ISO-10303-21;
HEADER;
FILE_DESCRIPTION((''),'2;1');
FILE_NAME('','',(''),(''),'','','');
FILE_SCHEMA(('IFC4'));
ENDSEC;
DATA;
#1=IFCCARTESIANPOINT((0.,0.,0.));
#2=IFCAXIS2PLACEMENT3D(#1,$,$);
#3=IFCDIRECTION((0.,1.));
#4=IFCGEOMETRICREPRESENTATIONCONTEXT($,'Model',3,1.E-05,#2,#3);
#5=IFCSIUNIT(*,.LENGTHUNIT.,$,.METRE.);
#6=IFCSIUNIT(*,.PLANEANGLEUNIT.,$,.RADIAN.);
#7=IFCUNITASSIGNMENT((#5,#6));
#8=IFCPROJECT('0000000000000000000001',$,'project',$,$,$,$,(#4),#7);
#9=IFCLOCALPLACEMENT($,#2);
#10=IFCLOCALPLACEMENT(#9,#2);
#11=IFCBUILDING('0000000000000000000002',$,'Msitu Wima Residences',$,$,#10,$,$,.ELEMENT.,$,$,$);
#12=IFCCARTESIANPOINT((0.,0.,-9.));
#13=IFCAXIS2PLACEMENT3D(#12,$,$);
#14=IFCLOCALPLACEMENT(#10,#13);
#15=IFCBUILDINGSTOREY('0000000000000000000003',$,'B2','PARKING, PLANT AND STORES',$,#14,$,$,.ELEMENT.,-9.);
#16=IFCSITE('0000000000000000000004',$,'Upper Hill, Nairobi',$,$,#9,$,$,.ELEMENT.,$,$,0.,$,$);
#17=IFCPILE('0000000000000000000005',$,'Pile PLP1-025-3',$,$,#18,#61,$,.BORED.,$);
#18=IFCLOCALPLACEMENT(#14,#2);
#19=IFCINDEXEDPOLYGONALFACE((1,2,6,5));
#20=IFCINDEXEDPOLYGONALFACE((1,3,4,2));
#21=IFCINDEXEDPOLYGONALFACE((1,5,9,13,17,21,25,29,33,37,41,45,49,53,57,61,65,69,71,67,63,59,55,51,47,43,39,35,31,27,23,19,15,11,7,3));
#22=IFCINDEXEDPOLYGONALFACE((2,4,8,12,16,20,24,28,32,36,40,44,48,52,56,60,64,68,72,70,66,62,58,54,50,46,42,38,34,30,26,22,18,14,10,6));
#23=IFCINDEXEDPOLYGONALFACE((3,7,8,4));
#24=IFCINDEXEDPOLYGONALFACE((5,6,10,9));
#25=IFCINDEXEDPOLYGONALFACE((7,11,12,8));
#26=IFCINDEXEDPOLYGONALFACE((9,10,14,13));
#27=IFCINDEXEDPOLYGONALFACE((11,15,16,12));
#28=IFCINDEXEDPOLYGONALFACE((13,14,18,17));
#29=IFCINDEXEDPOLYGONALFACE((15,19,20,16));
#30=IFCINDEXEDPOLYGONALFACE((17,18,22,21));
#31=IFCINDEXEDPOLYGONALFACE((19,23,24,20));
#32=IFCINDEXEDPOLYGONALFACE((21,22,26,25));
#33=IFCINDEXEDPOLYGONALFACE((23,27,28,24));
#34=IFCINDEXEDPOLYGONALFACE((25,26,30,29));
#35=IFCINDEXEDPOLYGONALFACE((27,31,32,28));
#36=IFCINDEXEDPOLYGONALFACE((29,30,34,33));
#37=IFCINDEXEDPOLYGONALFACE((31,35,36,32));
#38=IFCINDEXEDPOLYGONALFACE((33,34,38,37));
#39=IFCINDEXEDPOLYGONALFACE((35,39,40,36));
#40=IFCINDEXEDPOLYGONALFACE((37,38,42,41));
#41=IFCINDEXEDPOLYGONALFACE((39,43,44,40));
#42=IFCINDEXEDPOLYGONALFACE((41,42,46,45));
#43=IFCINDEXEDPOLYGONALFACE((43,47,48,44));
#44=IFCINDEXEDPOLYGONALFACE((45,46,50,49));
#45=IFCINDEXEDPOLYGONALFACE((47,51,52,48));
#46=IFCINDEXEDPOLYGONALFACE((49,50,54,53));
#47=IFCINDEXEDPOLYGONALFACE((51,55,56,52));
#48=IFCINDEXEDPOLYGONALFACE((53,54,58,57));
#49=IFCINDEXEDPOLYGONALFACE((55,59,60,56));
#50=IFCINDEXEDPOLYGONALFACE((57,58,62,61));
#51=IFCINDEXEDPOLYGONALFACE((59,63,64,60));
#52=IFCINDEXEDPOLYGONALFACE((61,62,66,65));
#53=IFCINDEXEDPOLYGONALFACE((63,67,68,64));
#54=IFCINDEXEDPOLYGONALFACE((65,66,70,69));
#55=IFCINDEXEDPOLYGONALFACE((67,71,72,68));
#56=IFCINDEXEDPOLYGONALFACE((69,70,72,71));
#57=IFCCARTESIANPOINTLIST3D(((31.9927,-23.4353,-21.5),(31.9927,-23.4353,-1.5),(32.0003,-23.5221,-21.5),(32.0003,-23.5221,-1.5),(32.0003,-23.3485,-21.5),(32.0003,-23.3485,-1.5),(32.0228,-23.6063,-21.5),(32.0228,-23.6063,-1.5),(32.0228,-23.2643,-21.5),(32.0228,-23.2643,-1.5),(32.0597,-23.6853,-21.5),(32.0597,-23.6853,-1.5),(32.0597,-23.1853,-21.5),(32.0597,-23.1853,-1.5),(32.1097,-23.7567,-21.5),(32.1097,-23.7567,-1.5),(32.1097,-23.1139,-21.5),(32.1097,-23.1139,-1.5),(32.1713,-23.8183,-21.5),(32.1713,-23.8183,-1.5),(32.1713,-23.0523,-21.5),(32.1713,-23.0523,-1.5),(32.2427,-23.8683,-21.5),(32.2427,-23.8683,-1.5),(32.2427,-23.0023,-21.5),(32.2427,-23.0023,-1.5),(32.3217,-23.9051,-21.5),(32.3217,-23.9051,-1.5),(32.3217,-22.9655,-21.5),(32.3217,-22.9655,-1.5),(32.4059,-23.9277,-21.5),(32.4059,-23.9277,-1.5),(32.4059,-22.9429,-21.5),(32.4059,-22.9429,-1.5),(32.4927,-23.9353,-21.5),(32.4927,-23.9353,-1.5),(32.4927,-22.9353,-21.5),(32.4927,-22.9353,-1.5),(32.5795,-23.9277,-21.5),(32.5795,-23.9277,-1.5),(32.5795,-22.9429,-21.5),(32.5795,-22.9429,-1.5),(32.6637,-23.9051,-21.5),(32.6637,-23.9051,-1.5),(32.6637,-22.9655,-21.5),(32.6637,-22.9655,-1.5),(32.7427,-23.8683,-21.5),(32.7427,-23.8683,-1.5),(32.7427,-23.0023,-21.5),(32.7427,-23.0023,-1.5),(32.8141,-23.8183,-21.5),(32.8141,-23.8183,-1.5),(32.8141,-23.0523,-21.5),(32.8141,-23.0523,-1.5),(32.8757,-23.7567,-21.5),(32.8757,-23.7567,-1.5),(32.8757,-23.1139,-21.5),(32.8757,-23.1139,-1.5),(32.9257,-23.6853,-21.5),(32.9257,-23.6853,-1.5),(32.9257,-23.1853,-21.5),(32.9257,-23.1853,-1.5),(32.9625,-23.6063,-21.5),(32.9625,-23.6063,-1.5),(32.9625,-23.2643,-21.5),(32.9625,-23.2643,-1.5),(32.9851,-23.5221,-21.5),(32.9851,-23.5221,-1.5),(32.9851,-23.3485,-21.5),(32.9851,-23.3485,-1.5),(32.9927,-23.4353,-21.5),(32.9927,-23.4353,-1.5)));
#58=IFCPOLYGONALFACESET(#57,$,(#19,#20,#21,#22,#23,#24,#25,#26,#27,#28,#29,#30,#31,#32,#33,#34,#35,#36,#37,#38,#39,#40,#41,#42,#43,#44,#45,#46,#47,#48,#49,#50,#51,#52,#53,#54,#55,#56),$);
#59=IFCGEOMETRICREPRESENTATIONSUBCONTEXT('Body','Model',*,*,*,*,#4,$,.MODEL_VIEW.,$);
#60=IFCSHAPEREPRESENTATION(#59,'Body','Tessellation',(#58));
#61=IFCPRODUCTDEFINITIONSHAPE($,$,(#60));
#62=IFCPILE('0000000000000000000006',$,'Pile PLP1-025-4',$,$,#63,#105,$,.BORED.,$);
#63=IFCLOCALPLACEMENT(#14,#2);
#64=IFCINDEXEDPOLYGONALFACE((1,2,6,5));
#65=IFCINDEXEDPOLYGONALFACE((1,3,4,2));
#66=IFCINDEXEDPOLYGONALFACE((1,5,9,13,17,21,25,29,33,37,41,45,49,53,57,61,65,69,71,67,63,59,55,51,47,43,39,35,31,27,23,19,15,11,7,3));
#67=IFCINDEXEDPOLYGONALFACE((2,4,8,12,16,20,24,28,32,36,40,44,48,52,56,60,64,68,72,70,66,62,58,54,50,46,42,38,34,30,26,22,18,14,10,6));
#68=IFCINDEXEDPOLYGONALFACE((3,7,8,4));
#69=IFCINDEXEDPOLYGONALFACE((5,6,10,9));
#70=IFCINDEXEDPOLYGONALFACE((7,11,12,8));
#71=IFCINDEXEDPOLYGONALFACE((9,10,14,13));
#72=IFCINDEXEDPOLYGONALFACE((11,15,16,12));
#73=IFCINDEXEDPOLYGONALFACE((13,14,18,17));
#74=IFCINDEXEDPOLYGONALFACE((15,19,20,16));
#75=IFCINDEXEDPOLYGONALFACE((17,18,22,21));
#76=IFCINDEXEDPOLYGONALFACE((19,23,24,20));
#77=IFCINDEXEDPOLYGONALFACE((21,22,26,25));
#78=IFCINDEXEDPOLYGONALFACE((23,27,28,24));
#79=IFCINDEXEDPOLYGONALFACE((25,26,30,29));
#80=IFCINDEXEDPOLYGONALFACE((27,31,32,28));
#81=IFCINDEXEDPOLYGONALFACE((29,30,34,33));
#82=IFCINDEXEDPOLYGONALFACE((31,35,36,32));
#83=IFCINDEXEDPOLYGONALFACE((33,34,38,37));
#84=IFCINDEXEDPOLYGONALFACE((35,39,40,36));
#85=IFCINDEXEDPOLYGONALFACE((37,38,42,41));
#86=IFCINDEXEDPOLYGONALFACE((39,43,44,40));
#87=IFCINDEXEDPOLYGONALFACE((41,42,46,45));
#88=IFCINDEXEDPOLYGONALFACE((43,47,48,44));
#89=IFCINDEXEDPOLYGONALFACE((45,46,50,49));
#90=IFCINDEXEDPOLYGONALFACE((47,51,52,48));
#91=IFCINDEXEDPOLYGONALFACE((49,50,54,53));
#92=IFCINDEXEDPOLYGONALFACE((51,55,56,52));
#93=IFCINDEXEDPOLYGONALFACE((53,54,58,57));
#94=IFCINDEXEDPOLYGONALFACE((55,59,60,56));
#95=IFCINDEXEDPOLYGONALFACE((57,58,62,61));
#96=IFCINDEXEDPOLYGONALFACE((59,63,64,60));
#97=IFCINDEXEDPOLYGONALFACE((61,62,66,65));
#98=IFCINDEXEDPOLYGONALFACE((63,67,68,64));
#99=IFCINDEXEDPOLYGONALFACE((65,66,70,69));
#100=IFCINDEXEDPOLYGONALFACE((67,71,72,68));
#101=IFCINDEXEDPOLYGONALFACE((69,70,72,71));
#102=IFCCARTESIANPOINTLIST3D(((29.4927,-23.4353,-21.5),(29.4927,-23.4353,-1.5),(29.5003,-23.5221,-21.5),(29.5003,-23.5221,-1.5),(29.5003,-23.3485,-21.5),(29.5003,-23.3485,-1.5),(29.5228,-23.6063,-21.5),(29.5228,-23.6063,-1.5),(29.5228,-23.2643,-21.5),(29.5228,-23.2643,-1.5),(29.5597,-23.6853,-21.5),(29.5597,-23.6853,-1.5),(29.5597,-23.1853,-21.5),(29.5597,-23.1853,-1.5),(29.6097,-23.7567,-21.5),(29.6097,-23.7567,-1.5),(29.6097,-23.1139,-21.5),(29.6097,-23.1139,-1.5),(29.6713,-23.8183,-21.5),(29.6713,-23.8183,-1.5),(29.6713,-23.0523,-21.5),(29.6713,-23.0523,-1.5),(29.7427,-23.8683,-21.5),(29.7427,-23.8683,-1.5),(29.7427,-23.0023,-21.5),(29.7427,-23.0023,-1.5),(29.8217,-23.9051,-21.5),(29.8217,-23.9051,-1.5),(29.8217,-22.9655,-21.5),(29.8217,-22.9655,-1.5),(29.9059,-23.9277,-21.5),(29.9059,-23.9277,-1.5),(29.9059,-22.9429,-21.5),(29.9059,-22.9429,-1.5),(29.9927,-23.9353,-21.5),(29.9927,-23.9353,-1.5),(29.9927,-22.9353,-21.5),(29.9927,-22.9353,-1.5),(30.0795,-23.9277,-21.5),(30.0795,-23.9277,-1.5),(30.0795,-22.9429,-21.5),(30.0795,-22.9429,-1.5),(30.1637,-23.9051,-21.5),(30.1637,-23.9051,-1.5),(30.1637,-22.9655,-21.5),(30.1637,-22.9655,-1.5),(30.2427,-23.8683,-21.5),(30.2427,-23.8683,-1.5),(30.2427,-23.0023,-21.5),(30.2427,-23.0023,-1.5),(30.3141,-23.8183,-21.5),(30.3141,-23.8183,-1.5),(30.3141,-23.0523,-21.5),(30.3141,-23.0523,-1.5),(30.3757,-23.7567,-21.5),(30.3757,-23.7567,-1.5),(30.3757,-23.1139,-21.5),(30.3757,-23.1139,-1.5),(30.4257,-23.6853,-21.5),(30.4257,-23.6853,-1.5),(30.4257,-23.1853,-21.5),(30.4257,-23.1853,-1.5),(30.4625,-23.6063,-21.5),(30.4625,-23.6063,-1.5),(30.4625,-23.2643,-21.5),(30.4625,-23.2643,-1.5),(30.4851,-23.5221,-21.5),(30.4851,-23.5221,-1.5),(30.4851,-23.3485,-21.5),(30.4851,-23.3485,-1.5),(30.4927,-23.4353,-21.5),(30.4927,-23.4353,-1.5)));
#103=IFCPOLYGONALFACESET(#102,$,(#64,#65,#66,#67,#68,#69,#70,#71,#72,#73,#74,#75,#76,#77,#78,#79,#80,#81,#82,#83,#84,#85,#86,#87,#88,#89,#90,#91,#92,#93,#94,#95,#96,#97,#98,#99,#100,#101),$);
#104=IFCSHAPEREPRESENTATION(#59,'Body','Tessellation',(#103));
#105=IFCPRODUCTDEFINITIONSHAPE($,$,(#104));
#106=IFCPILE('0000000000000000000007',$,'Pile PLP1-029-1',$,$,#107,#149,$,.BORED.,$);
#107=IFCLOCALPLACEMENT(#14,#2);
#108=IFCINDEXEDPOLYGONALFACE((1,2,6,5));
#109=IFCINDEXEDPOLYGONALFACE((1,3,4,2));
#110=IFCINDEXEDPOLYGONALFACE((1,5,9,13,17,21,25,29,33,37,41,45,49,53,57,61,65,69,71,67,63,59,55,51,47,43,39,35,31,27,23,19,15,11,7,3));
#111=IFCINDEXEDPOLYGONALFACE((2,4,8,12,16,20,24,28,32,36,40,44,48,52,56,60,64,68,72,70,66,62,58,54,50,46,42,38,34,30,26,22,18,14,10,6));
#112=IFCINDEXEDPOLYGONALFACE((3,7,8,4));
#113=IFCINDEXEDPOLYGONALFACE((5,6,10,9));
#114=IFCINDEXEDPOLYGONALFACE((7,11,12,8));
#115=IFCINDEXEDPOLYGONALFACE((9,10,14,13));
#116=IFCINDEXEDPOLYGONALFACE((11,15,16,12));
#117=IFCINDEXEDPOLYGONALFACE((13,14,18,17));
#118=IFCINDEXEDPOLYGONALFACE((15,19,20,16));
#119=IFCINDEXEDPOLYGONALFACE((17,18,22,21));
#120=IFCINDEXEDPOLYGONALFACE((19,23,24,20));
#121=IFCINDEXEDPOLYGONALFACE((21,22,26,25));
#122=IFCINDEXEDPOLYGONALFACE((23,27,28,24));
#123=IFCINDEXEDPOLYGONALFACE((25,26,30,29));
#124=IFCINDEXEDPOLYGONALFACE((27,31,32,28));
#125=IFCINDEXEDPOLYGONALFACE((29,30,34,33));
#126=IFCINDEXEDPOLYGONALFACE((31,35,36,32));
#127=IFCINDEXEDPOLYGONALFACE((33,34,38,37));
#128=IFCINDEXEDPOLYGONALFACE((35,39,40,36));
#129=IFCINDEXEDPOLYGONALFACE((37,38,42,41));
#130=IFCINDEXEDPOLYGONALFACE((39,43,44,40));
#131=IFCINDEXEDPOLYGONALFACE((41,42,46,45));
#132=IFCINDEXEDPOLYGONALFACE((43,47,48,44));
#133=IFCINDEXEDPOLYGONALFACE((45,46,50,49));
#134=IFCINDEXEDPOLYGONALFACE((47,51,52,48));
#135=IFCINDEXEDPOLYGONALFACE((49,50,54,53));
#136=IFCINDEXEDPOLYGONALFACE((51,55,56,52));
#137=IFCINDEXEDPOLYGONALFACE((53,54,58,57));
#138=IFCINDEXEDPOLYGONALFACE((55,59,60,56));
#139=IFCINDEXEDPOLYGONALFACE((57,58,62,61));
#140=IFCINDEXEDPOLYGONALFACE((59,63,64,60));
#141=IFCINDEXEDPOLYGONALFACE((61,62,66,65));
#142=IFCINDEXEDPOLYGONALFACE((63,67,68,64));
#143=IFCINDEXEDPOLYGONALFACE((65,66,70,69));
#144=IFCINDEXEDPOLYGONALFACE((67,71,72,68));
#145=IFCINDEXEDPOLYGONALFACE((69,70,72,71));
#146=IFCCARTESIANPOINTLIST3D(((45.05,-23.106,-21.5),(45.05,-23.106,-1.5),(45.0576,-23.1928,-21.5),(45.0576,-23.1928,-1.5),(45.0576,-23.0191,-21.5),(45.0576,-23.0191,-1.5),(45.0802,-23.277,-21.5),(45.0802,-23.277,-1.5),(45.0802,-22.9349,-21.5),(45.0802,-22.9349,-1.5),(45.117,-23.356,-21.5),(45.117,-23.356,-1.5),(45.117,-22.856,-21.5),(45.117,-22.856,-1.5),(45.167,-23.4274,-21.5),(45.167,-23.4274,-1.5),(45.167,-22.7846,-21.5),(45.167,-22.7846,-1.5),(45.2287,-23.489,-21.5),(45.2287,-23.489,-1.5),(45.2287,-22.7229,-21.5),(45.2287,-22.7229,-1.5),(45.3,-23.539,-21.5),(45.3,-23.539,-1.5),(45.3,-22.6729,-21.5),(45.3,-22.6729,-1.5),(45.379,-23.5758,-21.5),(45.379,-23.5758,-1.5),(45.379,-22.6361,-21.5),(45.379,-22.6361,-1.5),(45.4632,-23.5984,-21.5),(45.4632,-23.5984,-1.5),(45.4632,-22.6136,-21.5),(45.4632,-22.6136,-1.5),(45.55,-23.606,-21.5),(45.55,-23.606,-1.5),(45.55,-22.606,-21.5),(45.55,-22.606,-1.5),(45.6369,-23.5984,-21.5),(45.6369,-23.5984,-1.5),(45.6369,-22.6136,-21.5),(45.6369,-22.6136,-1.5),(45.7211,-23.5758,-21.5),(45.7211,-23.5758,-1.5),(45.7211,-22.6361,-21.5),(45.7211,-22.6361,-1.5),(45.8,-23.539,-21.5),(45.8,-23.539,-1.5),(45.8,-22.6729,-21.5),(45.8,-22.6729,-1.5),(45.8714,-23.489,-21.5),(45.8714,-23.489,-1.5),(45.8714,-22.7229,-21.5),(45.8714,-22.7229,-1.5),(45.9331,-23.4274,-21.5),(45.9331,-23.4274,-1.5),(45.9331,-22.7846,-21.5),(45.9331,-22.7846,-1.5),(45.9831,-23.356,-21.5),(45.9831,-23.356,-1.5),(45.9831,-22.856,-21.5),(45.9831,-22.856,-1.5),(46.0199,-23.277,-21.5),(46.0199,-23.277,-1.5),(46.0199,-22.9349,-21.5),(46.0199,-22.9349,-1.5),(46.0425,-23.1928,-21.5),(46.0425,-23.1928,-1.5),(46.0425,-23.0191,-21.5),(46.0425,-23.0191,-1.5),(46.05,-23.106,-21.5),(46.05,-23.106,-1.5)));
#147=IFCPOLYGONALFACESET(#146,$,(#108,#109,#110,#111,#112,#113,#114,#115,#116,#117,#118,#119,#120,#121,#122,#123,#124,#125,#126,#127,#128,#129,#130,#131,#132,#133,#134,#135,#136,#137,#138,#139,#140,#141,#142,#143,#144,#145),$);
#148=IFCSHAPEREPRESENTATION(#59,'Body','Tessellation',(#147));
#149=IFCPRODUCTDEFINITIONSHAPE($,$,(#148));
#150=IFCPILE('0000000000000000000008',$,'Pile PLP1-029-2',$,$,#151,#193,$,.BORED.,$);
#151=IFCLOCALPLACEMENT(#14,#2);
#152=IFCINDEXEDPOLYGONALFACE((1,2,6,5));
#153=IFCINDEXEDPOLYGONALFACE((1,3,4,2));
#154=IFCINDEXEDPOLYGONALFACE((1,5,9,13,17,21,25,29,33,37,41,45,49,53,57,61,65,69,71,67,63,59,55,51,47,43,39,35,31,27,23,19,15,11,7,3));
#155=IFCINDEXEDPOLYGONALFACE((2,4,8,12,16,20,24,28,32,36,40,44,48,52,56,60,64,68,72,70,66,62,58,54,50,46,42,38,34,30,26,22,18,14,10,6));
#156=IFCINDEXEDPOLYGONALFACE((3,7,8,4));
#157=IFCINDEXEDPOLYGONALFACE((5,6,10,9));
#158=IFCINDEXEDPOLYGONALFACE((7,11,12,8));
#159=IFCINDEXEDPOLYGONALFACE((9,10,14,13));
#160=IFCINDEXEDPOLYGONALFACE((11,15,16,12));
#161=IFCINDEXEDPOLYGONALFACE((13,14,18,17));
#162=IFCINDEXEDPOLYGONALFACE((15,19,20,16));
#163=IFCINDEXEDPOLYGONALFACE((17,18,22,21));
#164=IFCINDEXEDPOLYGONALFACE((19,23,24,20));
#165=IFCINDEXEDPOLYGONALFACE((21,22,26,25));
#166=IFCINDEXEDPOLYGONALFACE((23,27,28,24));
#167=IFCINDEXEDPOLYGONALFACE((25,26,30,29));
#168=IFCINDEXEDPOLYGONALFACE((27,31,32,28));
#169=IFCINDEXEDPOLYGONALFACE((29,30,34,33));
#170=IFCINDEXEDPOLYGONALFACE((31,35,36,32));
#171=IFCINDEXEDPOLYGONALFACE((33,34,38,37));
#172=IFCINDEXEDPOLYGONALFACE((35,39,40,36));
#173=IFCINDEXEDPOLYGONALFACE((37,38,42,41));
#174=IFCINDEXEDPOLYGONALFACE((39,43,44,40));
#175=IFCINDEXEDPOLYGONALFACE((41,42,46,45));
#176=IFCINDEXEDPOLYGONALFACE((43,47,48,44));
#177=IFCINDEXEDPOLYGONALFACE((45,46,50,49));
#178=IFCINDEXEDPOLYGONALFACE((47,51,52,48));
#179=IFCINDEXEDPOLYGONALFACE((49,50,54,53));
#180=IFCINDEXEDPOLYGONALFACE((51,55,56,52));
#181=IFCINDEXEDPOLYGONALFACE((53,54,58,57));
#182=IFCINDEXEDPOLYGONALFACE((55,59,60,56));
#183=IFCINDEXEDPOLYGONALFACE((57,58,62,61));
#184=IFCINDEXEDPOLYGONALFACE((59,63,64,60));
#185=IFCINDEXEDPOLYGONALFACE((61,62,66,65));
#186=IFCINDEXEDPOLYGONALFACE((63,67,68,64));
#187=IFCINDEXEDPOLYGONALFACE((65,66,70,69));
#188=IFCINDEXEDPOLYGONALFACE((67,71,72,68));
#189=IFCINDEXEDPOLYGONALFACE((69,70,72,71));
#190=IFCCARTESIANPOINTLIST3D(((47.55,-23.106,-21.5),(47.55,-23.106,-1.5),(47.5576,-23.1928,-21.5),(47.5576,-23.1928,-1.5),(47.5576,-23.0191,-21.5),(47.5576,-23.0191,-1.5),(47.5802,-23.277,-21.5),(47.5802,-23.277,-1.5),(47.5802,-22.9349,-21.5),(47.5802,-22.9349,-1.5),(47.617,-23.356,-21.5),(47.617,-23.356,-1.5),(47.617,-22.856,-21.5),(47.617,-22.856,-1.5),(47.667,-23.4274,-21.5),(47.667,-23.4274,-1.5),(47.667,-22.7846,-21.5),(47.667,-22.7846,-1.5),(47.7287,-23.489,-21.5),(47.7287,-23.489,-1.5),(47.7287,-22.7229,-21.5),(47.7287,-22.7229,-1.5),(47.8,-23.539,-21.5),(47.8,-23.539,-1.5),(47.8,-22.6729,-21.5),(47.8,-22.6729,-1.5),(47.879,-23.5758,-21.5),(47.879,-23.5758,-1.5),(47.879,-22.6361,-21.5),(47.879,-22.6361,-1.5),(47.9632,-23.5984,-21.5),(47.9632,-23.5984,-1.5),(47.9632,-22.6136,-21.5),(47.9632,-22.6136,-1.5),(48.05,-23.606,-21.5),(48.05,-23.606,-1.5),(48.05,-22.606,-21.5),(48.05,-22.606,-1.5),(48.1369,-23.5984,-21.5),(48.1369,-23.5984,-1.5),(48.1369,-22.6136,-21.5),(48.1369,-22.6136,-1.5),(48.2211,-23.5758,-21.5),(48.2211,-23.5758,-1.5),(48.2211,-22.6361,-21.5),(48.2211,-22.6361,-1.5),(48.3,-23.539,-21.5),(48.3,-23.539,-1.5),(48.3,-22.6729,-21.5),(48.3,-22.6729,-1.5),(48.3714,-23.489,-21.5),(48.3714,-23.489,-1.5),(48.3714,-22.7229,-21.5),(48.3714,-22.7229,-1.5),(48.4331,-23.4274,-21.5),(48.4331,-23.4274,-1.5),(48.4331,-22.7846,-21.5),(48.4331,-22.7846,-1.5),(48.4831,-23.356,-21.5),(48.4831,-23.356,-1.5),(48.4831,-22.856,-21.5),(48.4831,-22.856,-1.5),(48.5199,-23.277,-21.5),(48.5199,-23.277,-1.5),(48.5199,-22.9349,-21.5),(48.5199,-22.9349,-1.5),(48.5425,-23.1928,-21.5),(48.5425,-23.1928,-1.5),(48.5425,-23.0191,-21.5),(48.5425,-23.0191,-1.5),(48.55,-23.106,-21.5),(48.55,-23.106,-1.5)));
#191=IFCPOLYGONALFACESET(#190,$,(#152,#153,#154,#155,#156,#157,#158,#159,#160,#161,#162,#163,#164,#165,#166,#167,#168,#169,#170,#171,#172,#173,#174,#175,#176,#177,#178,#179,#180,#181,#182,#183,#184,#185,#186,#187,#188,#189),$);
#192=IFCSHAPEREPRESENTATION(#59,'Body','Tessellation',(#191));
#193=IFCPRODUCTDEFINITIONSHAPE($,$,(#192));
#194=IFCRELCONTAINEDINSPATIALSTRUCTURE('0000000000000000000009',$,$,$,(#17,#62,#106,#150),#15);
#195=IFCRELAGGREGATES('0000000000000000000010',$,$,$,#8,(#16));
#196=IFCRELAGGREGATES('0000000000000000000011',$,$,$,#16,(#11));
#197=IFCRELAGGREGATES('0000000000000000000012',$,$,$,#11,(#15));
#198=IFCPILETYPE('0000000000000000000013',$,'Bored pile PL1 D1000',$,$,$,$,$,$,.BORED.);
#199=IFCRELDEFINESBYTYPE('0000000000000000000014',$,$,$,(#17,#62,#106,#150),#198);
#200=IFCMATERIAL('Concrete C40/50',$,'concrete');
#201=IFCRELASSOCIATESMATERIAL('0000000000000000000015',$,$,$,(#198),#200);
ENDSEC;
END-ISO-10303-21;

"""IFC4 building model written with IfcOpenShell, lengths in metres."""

from ifc_helpers import new_model, si_unit, direction, frame, origin, origin_2d, place, context, subcontext, project, spatial, circle, extrude, material, type_object, element, save


model = new_model("IFC4")

# Units and contexts
model_context = context("Model", 3, precision=1e-05, world=origin(), true_north=direction((0.0, 1.0)))
body_context = subcontext(model_context, "Body", "Model", "MODEL_VIEW")
ifc_project = project(units=[si_unit("LENGTHUNIT", "METRE"), si_unit("PLANEANGLEUNIT", "RADIAN")], contexts=[model_context])

# Site, building, storey
site_placement = place(None, origin())
site = spatial("IfcSite", under=ifc_project, at=site_placement, Name="Upper Hill, Nairobi", CompositionType="ELEMENT", RefElevation=0.0)
building_placement = place(site_placement, origin())
building = spatial("IfcBuilding", under=site, at=building_placement, Name="Msitu Wima Residences", CompositionType="ELEMENT")
storey_placement = place(building_placement, frame((0.0, 0.0, -9.0)))
storey = spatial("IfcBuildingStorey", under=building, at=storey_placement, Name="B2", Description="PARKING, PLANT AND STORES", CompositionType="ELEMENT", Elevation=-9.0)

# Piles
ifc_material_1 = material(Name="Concrete C40/50", Category="concrete")
pile_type_1 = type_object("IfcPileType", Name="Bored pile PL1 D1000", PredefinedType="BORED", material=ifc_material_1)
for number, where, z_axis, x_axis, name in (
    (1, (32.4927, -23.4353, -1.5), (0.0, 0.0, -1.0), (1.0, 0.0, 0.0), "Pile PLP1-025-3"),
    (2, (29.9927, -23.4353, -1.5), (0.0, 0.0, -1.0), (1.0, 0.0, 0.0), "Pile PLP1-025-4"),
    (3, (45.55, -23.106, -1.5), (0.0, 0.0, -1.0), (1.0, 0.0, 0.0), "Pile PLP1-029-1"),
    (4, (48.05, -23.106, -1.5), (0.0, 0.0, -1.0), (1.0, 0.0, 0.0), "Pile PLP1-029-2"),
):
    element("IfcPile", number, at=place(storey_placement, frame(where, z_axis=z_axis, x_axis=x_axis)), inside=storey, type_object=pile_type_1, Name=name, PredefinedType="BORED", context=body_context, shape_type="SweptSolid", body=[
        extrude(circle(Radius=0.5, at=origin_2d()), origin(), (0.0, 0.0, 1.0), 20.0),
    ])

save(model, "model.ifc")
